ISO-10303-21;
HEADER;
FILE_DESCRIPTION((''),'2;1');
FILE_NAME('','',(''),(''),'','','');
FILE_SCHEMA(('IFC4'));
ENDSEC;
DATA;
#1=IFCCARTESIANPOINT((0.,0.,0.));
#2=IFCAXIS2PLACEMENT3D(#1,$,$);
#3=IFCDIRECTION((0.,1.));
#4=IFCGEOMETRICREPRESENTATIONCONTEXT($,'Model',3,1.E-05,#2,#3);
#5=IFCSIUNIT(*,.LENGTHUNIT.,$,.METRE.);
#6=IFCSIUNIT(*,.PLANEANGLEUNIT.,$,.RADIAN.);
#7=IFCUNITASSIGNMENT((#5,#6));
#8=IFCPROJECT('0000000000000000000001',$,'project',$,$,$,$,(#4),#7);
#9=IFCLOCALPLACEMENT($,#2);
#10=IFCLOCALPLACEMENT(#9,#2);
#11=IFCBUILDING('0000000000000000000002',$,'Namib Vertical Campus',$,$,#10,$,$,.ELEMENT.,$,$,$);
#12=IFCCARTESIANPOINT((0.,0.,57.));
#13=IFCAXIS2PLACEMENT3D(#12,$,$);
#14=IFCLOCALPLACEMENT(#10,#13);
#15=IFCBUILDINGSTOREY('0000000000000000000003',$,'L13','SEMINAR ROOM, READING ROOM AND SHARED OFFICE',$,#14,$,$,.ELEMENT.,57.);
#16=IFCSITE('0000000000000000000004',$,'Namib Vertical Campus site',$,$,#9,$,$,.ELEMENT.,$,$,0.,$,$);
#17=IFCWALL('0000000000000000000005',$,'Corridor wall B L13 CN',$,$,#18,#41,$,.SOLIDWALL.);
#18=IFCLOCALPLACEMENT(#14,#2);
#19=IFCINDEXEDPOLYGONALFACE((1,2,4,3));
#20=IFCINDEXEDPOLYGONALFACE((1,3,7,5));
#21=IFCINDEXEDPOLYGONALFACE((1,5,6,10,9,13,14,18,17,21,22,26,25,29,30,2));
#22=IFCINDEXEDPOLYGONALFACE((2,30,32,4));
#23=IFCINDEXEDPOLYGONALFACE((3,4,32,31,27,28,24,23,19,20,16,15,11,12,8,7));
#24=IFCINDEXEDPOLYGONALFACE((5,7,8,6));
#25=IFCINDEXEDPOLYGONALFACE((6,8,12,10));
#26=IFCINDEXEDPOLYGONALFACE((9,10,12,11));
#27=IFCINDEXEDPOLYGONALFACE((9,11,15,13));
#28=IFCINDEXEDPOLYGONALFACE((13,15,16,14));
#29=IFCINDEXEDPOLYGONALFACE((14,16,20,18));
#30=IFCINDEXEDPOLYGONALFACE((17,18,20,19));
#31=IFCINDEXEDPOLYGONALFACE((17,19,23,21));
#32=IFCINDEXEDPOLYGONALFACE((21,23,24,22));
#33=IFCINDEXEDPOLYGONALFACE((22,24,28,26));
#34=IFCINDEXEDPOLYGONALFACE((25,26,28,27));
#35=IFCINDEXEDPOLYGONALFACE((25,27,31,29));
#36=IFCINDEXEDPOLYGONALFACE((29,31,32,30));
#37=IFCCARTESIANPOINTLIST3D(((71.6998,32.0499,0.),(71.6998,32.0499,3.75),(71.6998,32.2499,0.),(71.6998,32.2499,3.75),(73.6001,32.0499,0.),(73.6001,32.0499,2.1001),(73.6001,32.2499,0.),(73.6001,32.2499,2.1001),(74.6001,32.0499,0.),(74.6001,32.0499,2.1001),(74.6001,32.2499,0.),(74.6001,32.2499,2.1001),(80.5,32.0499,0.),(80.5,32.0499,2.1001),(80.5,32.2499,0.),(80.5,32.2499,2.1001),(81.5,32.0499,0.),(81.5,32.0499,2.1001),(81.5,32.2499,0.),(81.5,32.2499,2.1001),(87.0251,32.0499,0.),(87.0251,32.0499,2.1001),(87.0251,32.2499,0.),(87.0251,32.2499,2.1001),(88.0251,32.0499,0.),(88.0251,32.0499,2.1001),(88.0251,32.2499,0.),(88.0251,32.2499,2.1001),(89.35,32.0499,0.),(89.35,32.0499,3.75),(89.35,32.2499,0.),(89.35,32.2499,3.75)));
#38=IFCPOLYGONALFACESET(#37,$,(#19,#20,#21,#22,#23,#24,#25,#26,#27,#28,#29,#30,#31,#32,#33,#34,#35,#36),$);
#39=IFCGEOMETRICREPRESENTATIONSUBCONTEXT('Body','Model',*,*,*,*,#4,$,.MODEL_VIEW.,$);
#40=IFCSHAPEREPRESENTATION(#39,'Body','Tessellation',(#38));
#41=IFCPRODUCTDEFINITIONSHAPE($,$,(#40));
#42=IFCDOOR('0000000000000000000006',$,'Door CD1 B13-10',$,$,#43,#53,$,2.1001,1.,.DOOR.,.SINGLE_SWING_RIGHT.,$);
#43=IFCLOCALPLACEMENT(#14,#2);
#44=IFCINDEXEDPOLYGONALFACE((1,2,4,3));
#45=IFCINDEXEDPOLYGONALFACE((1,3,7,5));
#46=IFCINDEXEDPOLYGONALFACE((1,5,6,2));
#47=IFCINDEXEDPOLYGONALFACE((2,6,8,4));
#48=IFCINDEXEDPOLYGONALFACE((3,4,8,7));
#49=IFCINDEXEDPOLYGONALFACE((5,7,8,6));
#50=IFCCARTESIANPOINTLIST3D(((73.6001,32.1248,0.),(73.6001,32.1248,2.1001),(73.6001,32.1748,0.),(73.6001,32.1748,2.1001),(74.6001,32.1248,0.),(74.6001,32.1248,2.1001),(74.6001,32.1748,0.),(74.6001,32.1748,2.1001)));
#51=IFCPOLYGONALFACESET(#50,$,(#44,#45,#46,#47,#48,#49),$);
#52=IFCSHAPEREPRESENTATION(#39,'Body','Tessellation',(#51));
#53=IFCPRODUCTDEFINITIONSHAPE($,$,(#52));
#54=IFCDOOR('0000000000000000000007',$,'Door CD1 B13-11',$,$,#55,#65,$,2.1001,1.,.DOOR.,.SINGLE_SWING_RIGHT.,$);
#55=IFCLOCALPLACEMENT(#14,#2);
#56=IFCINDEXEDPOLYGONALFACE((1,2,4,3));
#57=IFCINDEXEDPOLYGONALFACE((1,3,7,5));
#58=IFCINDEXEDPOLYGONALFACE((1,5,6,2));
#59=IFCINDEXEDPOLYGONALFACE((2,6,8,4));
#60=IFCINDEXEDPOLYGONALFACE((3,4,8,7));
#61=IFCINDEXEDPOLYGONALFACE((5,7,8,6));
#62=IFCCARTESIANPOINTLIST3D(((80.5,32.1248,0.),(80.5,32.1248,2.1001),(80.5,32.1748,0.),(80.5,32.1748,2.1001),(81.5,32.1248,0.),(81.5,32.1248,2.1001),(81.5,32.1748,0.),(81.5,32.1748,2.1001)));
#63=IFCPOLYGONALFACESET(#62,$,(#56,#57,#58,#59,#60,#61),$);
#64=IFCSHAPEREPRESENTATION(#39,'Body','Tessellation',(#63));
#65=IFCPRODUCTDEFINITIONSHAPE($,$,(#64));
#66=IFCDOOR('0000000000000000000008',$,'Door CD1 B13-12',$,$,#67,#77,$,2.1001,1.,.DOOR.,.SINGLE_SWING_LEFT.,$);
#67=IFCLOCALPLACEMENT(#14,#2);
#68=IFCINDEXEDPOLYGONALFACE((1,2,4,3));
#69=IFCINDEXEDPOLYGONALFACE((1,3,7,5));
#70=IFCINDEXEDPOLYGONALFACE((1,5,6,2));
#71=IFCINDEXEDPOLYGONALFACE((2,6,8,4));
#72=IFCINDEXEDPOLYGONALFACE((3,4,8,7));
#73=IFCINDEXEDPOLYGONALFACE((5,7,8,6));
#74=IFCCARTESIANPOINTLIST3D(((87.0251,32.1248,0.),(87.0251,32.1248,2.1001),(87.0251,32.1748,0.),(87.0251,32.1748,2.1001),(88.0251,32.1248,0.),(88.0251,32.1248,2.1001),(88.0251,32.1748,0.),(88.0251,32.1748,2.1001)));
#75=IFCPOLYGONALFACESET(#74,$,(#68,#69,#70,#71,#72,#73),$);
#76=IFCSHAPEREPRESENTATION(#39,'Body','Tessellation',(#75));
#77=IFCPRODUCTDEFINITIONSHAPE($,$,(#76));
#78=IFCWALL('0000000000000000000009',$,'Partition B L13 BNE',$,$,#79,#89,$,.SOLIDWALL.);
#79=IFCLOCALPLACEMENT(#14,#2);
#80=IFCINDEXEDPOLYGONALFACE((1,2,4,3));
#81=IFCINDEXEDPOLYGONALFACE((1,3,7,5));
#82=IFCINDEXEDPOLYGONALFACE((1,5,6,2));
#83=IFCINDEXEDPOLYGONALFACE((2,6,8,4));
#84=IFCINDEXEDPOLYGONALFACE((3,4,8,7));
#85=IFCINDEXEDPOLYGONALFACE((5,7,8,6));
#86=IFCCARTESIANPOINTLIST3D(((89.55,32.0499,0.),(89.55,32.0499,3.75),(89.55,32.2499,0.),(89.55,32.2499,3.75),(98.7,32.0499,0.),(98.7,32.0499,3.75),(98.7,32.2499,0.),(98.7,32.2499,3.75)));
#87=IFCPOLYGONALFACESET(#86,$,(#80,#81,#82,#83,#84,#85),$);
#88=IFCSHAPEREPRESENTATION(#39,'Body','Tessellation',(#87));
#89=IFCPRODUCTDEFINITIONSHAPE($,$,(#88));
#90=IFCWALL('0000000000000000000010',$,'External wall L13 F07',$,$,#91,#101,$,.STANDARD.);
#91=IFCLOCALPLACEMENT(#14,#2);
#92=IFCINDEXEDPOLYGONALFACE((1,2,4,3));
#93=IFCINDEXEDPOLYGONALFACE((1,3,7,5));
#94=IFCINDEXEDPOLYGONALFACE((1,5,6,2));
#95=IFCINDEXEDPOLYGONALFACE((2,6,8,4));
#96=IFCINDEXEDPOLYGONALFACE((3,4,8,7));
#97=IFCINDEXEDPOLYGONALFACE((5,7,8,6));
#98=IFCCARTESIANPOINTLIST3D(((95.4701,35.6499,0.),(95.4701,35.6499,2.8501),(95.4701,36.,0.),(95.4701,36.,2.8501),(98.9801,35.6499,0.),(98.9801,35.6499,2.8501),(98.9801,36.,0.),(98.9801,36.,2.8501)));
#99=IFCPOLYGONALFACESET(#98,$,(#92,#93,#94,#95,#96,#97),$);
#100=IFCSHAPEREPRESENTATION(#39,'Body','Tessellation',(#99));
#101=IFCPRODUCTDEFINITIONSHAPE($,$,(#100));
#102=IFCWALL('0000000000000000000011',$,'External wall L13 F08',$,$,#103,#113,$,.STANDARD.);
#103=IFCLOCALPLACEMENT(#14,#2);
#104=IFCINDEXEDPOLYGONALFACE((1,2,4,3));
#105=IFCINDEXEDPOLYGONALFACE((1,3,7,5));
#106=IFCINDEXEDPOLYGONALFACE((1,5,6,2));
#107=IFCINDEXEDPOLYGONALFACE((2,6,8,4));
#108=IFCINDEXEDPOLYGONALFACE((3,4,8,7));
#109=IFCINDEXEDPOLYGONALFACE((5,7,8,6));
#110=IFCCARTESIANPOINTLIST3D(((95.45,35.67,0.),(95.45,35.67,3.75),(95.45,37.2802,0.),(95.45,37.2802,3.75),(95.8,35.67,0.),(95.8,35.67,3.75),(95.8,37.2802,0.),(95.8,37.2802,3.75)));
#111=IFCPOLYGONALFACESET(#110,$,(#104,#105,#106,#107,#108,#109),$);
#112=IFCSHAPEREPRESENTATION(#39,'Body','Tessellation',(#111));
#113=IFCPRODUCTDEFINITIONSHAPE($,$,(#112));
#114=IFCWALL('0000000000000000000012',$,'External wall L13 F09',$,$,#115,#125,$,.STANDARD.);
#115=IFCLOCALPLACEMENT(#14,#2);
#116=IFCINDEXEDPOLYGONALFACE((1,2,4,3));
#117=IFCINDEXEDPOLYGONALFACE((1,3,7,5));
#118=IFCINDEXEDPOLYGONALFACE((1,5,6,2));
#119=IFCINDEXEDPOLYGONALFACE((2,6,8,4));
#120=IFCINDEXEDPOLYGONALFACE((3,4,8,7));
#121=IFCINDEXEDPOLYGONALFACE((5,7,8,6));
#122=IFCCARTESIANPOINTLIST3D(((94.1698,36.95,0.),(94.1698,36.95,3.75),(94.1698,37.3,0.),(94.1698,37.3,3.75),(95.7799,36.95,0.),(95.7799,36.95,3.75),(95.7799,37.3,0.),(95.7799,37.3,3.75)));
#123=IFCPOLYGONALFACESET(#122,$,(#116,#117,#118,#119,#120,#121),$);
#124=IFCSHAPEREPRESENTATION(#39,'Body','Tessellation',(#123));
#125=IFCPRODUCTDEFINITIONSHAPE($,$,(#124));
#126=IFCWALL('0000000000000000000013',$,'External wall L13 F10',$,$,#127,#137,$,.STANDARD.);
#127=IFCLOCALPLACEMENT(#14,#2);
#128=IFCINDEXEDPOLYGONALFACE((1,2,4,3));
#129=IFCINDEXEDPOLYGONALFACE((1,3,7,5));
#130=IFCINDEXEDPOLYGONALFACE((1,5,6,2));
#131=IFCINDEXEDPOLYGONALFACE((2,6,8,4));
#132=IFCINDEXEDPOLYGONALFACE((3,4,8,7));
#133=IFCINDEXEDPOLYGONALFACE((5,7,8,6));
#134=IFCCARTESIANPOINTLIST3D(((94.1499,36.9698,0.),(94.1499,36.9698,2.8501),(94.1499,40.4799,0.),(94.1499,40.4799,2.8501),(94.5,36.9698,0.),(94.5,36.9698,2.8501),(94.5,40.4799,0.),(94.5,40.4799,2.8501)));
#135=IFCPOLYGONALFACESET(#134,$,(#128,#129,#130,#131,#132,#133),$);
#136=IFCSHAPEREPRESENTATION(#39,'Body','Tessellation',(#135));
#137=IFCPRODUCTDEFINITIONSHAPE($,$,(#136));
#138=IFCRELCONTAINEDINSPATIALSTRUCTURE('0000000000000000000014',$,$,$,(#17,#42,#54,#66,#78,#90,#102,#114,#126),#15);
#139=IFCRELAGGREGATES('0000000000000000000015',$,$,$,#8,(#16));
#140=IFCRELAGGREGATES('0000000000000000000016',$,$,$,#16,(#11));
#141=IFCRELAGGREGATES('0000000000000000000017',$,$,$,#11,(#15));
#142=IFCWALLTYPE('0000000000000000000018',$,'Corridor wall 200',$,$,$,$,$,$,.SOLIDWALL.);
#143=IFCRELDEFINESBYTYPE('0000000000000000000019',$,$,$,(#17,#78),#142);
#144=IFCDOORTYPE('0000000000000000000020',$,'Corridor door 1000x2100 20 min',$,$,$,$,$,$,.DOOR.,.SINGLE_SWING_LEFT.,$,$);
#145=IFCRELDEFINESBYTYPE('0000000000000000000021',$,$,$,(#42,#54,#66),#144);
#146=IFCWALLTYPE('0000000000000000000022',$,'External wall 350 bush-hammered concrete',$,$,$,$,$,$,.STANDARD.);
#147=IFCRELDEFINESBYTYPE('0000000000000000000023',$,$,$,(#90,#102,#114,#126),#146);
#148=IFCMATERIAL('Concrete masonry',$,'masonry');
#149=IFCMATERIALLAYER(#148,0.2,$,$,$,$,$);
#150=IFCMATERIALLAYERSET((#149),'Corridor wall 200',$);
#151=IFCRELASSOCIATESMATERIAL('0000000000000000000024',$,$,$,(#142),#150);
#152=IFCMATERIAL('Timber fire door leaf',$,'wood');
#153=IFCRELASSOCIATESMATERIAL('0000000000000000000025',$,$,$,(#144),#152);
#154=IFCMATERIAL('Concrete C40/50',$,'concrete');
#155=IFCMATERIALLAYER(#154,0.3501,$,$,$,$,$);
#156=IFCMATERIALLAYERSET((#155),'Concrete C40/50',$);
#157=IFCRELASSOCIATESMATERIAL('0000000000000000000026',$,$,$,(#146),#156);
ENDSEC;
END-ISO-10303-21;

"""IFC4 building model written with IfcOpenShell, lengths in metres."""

from ifc_helpers import new_model, si_unit, direction, frame, frame_2d, origin, place, context, subcontext, project, spatial, rectangle, extrude, material, layer, layer_set, type_object, element, fill, save


model = new_model("IFC4")

# Units and contexts
model_context = context("Model", 3, precision=1e-05, world=origin(), true_north=direction((0.0, 1.0)))
body_context = subcontext(model_context, "Body", "Model", "MODEL_VIEW")
ifc_project = project(units=[si_unit("LENGTHUNIT", "METRE"), si_unit("PLANEANGLEUNIT", "RADIAN")], contexts=[model_context])

# Site, building, storey
site_placement = place(None, origin())
site = spatial("IfcSite", under=ifc_project, at=site_placement, Name="Namib Vertical Campus site", CompositionType="ELEMENT", RefElevation=0.0)
building_placement = place(site_placement, origin())
building = spatial("IfcBuilding", under=site, at=building_placement, Name="Namib Vertical Campus", CompositionType="ELEMENT")
storey_placement = place(building_placement, frame((0.0, 0.0, 57.0)))
storey = spatial("IfcBuildingStorey", under=building, at=storey_placement, Name="L13", Description="SEMINAR ROOM, READING ROOM AND SHARED OFFICE", CompositionType="ELEMENT", Elevation=57.0)

# Wall, openings, doors
ifc_material_1 = material(Name="Concrete masonry", Category="masonry")
ifc_layer_1 = layer(ifc_material_1, 0.2)
ifc_layer_set_1 = layer_set([ifc_layer_1], Name="Corridor wall 200")
wall_type_1 = type_object("IfcWallType", Name="Corridor wall 200", PredefinedType="SOLIDWALL", material=ifc_layer_set_1)
wall_1_placement = place(storey_placement, frame((89.3501, 32.1499, 0.0), z_axis=(0.0, 0.0, 1.0), x_axis=(-1.0, 0.0, 0.0)))
wall_1 = element("IfcWall", 1, at=wall_1_placement, inside=storey, type_object=wall_type_1, Name="Corridor wall B L13 CN", PredefinedType="SOLIDWALL", context=body_context, shape_type="SweptSolid", body=[
    extrude(rectangle(XDim=17.6501, YDim=0.2, at=frame_2d((8.8252, 0.0))), origin(), (0.0, 0.0, 1.0), 3.75),
])
opening_1_placement = place(wall_1_placement, frame((14.75, 0.0, 0.0)))
opening_1 = element("IfcOpeningElement", 2, at=opening_1_placement, cuts=wall_1, PredefinedType="OPENING", context=body_context, shape_type="SweptSolid", body=[
    extrude(rectangle(XDim=1.0, YDim=2.1001, at=frame_2d((0.5, 1.05))), frame((0.0, 0.1099, 0.0), z_axis=(0.0, -1.0, 0.0), x_axis=(1.0, 0.0, 0.0)), (0.0, 0.0, 1.0), 0.22),
])
opening_2_placement = place(wall_1_placement, frame((7.8501, 0.0, 0.0)))
opening_2 = element("IfcOpeningElement", 3, at=opening_2_placement, cuts=wall_1, PredefinedType="OPENING", context=body_context, shape_type="SweptSolid", body=[
    extrude(rectangle(XDim=1.0, YDim=2.1001, at=frame_2d((0.5, 1.05))), frame((0.0, 0.1099, 0.0), z_axis=(0.0, -1.0, 0.0), x_axis=(1.0, 0.0, 0.0)), (0.0, 0.0, 1.0), 0.22),
])
opening_3_placement = place(wall_1_placement, frame((1.325, 0.0, 0.0)))
opening_3 = element("IfcOpeningElement", 4, at=opening_3_placement, cuts=wall_1, PredefinedType="OPENING", context=body_context, shape_type="SweptSolid", body=[
    extrude(rectangle(XDim=1.0, YDim=2.1001, at=frame_2d((0.5, 1.05))), frame((0.0, 0.1099, 0.0), z_axis=(0.0, -1.0, 0.0), x_axis=(1.0, 0.0, 0.0)), (0.0, 0.0, 1.0), 0.22),
])
ifc_material_2 = material(Name="Timber fire door leaf", Category="wood")
door_type = type_object("IfcDoorType", Name="Corridor door 1000x2100 20 min", OperationType="SINGLE_SWING_LEFT", PredefinedType="DOOR", material=ifc_material_2)
door_1_placement = place(opening_1_placement, frame((1.0, 0.0, 0.0), z_axis=(0.0, 0.0, 1.0), x_axis=(-1.0, 0.0, 0.0)))
door_1 = element("IfcDoor", 5, at=door_1_placement, inside=storey, type_object=door_type, Name="Door CD1 B13-10", OperationType="SINGLE_SWING_RIGHT", OverallHeight=2.1001, OverallWidth=1.0, PredefinedType="DOOR", context=body_context, shape_type="SweptSolid", body=[
    extrude(rectangle(XDim=1.0, YDim=2.1001, at=frame_2d((0.5, 1.05))), frame((0.0, 0.0249, 0.0), z_axis=(0.0, -1.0, 0.0), x_axis=(1.0, 0.0, 0.0)), (0.0, 0.0, 1.0), 0.05),
])
fill(opening_1, door_1)
door_2_placement = place(opening_2_placement, frame((1.0, 0.0, 0.0), z_axis=(0.0, 0.0, 1.0), x_axis=(-1.0, 0.0, 0.0)))
door_2 = element("IfcDoor", 6, at=door_2_placement, inside=storey, type_object=door_type, Name="Door CD1 B13-11", OperationType="SINGLE_SWING_RIGHT", OverallHeight=2.1001, OverallWidth=1.0, PredefinedType="DOOR", context=body_context, shape_type="SweptSolid", body=[
    extrude(rectangle(XDim=1.0, YDim=2.1001, at=frame_2d((0.5, 1.05))), frame((0.0, 0.0249, 0.0), z_axis=(0.0, -1.0, 0.0), x_axis=(1.0, 0.0, 0.0)), (0.0, 0.0, 1.0), 0.05),
])
fill(opening_2, door_2)
door_3_placement = place(opening_3_placement, frame((1.0, 0.0, 0.0), z_axis=(0.0, 0.0, 1.0), x_axis=(-1.0, 0.0, 0.0)))
door_3 = element("IfcDoor", 7, at=door_3_placement, inside=storey, type_object=door_type, Name="Door CD1 B13-12", OperationType="SINGLE_SWING_LEFT", OverallHeight=2.1001, OverallWidth=1.0, PredefinedType="DOOR", context=body_context, shape_type="SweptSolid", body=[
    extrude(rectangle(XDim=1.0, YDim=2.1001, at=frame_2d((0.5, 1.05))), frame((0.0, 0.0249, 0.0), z_axis=(0.0, -1.0, 0.0), x_axis=(1.0, 0.0, 0.0)), (0.0, 0.0, 1.0), 0.05),
])
fill(opening_3, door_3)

# Walls
wall_2_placement = place(storey_placement, frame((89.55, 32.1499, 0.0), z_axis=(0.0, 0.0, 1.0), x_axis=(1.0, 0.0, 0.0)))
element("IfcWall", 8, at=wall_2_placement, inside=storey, type_object=wall_type_1, Name="Partition B L13 BNE", PredefinedType="SOLIDWALL", context=body_context, shape_type="SweptSolid", body=[
    extrude(rectangle(XDim=9.1499, YDim=0.2, at=frame_2d((4.575, 0.0))), origin(), (0.0, 0.0, 1.0), 3.75),
])
ifc_material_3 = material(Name="Concrete C40/50", Category="concrete")
ifc_layer_2 = layer(ifc_material_3, 0.3501)
ifc_layer_set_2 = layer_set([ifc_layer_2], Name="Concrete C40/50")
wall_type_2 = type_object("IfcWallType", Name="External wall 350 bush-hammered concrete", PredefinedType="STANDARD", material=ifc_layer_set_2)
wall_3_placement = place(storey_placement, frame((98.98, 35.825, 0.0), z_axis=(0.0, 0.0, 1.0), x_axis=(-1.0, 0.0, 0.0)))
element("IfcWall", 9, at=wall_3_placement, inside=storey, type_object=wall_type_2, Name="External wall L13 F07", PredefinedType="STANDARD", context=body_context, shape_type="SweptSolid", body=[
    extrude(rectangle(XDim=3.51, YDim=0.3501, at=frame_2d((1.7549, 0.0))), origin(), (0.0, 0.0, 1.0), 2.8501),
])
for number, where, z_axis, x_axis, name in (
    (10, (95.625, 35.6699, 0.0), (0.0, 0.0, 1.0), (0.0, 1.0, 0.0), "External wall L13 F08"),
    (11, (95.78, 37.125, 0.0), (0.0, 0.0, 1.0), (-1.0, 0.0, 0.0), "External wall L13 F09"),
):
    element("IfcWall", number, at=place(storey_placement, frame(where, z_axis=z_axis, x_axis=x_axis)), inside=storey, type_object=wall_type_2, Name=name, PredefinedType="STANDARD", context=body_context, shape_type="SweptSolid", body=[
        extrude(rectangle(XDim=1.6101, YDim=0.3501, at=frame_2d((0.8052, 0.0))), origin(), (0.0, 0.0, 1.0), 3.75),
    ])
wall_4_placement = place(storey_placement, frame((94.325, 36.97, 0.0), z_axis=(0.0, 0.0, 1.0), x_axis=(0.0, 1.0, 0.0)))
element("IfcWall", 12, at=wall_4_placement, inside=storey, type_object=wall_type_2, Name="External wall L13 F10", PredefinedType="STANDARD", context=body_context, shape_type="SweptSolid", body=[
    extrude(rectangle(XDim=3.51, YDim=0.3501, at=frame_2d((1.7549, 0.0))), origin(), (0.0, 0.0, 1.0), 2.8501),
])

save(model, "model.ifc")
